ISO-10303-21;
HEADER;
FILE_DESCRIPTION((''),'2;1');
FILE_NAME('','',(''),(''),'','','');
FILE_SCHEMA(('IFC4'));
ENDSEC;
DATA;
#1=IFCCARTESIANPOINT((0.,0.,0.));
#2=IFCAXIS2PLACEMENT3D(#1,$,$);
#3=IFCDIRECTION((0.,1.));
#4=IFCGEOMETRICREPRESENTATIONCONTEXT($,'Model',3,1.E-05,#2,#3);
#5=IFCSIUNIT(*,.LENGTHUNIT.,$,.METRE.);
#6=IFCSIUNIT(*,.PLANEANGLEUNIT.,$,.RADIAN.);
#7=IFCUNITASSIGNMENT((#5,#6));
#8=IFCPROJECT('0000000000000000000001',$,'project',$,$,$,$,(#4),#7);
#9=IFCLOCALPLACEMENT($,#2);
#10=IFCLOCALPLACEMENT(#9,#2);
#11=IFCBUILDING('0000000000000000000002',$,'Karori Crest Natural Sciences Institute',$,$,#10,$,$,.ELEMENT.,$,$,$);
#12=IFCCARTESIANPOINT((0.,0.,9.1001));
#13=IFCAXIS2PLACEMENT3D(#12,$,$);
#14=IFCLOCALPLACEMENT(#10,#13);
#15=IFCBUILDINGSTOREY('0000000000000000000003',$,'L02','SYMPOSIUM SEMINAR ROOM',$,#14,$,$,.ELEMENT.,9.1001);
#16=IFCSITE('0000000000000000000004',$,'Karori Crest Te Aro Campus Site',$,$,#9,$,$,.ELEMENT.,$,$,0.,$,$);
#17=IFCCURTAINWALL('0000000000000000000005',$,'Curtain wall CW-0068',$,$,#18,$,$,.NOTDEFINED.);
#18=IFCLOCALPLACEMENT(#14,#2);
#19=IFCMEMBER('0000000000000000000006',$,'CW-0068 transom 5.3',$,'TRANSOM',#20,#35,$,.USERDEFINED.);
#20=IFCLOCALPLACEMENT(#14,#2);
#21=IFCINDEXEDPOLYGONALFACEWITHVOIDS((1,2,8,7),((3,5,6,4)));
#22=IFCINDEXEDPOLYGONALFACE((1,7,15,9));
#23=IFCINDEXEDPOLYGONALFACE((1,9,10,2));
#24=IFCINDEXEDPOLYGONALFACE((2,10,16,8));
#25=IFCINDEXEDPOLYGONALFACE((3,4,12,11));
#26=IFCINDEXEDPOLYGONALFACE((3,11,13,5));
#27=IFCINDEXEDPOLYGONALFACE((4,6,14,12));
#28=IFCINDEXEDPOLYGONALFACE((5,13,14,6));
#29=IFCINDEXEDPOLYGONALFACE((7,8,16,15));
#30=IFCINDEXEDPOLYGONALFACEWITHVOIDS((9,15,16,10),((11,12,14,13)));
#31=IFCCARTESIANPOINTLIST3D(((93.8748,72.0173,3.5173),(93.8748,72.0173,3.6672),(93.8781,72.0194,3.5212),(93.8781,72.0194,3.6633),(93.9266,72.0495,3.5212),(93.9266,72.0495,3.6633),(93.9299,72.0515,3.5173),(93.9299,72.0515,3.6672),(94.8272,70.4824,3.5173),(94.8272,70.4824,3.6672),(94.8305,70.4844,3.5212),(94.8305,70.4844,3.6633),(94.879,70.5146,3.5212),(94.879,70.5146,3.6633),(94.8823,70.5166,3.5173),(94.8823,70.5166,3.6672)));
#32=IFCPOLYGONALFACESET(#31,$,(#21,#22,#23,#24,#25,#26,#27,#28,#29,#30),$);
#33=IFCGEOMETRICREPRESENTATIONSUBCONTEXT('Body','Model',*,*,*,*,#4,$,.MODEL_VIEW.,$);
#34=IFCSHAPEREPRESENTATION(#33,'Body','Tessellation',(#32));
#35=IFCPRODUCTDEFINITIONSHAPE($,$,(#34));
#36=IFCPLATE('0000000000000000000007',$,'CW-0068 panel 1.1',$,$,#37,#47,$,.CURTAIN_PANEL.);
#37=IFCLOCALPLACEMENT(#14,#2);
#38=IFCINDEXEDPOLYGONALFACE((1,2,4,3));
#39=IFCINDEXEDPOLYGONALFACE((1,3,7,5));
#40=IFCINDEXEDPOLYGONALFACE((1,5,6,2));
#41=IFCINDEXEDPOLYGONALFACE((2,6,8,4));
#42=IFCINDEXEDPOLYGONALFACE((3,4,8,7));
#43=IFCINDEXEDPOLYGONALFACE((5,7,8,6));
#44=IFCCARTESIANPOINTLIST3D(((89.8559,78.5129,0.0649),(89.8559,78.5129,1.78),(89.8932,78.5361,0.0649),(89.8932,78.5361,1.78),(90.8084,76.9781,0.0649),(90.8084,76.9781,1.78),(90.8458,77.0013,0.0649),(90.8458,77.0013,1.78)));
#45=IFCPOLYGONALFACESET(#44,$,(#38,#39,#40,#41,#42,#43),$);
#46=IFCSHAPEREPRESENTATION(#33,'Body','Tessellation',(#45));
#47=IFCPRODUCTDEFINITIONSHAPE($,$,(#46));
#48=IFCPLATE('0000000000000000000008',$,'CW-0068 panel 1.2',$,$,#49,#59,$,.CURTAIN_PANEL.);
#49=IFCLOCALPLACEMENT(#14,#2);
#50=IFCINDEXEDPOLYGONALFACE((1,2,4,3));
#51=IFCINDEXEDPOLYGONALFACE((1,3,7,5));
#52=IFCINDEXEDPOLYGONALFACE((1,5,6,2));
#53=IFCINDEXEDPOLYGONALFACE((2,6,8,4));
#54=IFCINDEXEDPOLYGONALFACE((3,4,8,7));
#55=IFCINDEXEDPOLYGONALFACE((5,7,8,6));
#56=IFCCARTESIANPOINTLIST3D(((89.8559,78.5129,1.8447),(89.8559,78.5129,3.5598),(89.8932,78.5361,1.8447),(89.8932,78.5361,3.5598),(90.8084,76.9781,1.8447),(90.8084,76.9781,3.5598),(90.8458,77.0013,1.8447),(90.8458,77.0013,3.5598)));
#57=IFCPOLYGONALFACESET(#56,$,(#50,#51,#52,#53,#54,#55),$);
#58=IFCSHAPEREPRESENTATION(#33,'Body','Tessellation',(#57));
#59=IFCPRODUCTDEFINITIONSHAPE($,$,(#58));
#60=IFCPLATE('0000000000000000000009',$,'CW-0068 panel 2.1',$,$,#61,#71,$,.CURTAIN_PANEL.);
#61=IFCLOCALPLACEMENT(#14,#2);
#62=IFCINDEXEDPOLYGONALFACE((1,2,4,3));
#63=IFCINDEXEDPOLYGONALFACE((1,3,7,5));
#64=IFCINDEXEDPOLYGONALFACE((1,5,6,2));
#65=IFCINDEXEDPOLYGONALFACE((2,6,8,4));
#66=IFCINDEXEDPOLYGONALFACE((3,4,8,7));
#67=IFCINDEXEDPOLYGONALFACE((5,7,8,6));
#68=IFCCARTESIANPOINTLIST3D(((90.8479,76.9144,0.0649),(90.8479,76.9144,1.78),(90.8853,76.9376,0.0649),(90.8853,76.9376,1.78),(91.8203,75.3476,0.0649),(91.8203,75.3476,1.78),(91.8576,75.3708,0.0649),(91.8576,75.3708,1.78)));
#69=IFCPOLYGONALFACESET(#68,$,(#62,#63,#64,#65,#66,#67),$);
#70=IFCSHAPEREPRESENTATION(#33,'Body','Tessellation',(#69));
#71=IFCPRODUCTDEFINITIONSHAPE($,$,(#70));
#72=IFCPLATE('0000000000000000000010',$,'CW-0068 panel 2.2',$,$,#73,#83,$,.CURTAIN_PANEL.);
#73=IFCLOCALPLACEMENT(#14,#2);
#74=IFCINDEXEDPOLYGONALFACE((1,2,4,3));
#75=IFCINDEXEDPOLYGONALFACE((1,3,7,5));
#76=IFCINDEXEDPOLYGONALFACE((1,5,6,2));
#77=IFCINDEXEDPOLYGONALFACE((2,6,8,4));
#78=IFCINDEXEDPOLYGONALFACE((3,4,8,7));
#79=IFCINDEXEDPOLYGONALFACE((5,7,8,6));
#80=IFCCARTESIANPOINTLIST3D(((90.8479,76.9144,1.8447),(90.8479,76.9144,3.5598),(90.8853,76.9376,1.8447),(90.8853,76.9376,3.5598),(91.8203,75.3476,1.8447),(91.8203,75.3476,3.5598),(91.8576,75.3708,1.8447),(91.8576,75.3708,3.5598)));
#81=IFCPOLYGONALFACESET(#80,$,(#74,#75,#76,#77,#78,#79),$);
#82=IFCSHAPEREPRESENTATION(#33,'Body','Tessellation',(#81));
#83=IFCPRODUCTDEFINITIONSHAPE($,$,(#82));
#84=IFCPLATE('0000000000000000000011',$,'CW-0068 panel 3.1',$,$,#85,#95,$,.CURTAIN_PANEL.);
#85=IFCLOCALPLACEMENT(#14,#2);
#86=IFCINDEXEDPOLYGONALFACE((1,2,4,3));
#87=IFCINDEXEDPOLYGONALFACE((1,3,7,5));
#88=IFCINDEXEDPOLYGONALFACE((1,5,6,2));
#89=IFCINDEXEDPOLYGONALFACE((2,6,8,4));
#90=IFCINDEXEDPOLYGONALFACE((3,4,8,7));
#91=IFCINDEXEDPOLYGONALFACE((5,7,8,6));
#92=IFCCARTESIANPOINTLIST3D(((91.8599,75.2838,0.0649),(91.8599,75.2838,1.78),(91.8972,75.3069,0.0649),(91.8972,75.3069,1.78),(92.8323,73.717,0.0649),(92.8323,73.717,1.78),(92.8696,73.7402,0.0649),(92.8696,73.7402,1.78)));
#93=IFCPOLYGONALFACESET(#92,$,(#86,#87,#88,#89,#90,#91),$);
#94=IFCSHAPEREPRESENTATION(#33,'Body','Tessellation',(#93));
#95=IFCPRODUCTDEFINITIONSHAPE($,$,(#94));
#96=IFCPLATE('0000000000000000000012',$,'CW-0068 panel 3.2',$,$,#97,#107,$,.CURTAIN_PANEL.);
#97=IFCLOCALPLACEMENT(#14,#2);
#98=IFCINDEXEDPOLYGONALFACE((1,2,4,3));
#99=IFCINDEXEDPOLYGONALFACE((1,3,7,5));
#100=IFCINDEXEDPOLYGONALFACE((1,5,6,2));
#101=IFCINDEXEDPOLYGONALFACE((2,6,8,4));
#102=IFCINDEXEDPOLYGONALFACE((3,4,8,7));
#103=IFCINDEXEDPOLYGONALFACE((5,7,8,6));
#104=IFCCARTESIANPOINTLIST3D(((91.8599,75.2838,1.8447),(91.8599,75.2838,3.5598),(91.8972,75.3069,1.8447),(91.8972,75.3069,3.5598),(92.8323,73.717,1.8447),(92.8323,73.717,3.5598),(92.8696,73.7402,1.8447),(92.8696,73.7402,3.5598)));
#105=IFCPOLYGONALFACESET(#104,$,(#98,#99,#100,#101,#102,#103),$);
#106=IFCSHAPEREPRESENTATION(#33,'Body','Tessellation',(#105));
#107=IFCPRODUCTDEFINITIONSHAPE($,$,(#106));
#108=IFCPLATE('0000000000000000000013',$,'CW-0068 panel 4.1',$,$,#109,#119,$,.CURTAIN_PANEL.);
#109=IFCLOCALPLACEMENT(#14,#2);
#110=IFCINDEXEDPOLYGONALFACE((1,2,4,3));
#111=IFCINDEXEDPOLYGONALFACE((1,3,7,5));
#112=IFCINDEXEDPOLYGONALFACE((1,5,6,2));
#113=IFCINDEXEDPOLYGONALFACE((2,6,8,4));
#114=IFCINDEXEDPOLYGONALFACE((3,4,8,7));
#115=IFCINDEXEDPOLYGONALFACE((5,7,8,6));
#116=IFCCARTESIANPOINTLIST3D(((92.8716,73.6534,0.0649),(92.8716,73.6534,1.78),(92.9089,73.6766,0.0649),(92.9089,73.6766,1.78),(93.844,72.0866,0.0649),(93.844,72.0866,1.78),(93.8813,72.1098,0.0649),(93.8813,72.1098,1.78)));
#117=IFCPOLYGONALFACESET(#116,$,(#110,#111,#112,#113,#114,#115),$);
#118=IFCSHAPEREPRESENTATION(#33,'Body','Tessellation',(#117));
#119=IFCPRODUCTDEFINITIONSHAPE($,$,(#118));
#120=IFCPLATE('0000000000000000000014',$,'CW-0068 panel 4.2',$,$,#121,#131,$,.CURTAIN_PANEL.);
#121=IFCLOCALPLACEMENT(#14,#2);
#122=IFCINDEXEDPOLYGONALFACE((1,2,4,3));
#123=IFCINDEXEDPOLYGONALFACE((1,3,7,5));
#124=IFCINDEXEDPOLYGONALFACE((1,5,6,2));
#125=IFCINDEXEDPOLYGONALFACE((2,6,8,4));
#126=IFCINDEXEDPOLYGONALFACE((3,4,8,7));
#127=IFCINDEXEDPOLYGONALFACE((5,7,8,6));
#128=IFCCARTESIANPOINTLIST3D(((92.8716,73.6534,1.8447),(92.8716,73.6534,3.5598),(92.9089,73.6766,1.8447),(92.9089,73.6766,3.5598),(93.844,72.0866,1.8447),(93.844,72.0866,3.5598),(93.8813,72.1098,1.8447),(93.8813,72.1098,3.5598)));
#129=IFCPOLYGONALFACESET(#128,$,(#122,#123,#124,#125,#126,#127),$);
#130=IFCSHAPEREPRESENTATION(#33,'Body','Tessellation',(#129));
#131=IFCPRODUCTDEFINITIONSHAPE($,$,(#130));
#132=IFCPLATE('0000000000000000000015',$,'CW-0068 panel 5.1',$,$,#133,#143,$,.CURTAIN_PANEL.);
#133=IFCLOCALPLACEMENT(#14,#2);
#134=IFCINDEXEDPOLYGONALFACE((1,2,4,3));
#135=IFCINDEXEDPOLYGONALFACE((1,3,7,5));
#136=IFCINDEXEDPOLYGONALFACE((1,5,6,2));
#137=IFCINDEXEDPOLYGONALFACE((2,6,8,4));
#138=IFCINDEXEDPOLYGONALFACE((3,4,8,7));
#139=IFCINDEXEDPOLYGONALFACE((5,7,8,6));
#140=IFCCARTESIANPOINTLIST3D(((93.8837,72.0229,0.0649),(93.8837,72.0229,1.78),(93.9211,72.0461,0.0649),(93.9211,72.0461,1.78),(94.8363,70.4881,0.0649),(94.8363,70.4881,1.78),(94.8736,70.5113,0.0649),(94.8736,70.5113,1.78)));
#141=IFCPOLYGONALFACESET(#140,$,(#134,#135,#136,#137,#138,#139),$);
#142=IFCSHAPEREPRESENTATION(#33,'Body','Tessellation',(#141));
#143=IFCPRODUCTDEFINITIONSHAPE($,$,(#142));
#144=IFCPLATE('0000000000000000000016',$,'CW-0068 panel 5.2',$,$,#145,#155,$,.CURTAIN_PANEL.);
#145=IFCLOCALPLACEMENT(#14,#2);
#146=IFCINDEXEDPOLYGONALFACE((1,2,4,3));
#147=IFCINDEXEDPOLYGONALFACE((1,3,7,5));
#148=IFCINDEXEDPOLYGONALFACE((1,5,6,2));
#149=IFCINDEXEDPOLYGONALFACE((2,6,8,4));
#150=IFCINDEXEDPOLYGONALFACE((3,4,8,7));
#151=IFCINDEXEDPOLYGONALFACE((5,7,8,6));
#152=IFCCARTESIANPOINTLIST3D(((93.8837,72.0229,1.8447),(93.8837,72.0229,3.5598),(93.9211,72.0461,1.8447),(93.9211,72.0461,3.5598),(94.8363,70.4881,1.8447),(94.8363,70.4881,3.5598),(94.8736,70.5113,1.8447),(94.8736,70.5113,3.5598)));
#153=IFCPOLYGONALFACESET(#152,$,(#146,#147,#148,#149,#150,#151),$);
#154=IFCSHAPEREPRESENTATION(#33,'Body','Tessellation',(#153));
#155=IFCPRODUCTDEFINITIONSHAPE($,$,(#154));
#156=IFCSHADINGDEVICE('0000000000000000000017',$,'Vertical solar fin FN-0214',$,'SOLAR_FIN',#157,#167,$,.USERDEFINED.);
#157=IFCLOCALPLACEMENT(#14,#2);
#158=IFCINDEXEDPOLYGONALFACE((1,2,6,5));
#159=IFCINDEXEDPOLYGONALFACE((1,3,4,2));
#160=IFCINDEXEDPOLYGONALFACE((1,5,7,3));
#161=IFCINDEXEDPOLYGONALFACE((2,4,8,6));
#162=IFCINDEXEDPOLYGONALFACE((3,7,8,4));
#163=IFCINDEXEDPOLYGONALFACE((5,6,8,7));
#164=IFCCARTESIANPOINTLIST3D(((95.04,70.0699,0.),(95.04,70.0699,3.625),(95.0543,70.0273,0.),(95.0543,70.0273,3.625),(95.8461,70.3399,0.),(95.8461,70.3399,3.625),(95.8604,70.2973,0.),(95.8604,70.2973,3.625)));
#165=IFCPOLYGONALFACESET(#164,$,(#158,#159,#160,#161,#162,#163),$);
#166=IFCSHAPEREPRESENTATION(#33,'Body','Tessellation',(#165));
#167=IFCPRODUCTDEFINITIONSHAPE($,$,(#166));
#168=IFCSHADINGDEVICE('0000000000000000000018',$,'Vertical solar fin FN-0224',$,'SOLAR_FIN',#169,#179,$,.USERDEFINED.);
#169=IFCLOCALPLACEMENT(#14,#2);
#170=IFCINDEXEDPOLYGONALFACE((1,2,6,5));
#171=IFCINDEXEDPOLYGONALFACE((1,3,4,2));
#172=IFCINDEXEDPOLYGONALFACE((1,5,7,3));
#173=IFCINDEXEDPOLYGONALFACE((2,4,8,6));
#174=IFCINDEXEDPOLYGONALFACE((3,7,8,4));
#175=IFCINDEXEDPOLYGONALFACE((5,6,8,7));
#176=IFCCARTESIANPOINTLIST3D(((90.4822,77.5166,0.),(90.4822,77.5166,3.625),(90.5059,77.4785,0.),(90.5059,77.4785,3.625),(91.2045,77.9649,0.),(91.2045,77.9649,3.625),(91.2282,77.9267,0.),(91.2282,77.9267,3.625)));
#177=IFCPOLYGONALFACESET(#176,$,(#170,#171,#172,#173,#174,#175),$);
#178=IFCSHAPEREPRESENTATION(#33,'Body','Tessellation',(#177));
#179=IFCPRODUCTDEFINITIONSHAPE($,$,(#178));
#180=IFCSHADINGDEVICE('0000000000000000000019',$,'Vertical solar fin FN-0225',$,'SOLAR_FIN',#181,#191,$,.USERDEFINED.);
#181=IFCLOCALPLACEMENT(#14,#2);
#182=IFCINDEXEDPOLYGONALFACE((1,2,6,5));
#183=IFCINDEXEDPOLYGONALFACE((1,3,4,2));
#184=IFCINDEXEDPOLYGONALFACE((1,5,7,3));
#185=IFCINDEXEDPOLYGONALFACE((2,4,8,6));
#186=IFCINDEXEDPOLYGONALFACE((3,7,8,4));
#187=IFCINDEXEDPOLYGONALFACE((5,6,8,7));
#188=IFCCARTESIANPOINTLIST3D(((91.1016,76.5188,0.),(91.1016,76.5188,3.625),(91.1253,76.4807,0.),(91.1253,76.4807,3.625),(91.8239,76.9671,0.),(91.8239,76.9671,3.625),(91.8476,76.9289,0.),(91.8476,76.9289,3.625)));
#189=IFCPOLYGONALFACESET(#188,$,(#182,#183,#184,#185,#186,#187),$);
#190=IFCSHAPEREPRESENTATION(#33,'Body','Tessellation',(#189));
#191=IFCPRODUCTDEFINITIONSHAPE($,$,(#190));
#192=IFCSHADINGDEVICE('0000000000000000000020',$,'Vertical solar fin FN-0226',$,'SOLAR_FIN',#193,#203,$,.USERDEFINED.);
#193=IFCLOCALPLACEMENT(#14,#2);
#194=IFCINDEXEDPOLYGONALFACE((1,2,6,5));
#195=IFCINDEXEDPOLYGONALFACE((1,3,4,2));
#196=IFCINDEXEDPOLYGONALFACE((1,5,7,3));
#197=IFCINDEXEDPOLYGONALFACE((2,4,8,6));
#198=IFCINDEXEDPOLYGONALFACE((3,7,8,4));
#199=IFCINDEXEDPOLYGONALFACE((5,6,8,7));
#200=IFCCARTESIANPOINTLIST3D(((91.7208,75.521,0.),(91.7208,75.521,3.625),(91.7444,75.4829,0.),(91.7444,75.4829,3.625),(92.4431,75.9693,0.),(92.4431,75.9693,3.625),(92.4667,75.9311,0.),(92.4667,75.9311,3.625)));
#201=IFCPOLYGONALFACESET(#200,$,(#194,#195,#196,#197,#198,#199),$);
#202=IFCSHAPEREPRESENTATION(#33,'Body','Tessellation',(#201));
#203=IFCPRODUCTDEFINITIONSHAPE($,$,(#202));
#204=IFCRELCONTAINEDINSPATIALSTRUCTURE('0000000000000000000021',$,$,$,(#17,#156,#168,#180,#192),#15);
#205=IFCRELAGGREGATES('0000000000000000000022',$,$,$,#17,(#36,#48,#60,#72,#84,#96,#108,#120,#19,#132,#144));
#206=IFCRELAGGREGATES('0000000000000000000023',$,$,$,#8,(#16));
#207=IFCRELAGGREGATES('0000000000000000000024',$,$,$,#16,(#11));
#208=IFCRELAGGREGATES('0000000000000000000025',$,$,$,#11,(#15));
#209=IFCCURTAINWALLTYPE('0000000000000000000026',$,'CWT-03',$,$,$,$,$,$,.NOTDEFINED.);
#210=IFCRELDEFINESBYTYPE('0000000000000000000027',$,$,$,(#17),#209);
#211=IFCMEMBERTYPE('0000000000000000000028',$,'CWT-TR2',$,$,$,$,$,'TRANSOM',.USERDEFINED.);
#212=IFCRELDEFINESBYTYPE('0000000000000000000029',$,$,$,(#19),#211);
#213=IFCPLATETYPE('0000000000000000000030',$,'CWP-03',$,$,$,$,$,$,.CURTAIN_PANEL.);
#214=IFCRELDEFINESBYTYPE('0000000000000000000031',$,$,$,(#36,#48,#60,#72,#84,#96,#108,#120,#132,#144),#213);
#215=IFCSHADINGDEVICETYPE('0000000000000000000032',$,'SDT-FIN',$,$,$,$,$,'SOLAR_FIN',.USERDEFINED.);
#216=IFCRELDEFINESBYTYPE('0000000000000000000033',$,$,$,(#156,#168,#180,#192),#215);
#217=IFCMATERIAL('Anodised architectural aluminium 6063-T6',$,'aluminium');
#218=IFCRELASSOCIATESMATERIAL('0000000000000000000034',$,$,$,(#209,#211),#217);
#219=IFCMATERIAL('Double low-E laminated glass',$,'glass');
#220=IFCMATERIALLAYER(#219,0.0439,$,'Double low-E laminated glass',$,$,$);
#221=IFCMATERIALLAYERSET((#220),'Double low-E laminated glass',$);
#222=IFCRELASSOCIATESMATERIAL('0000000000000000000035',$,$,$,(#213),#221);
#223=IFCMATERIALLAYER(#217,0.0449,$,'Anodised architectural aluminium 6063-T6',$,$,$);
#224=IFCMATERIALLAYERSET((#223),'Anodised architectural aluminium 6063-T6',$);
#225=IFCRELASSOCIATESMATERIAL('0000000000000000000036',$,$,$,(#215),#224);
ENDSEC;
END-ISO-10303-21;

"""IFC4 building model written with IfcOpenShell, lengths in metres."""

from ifc_helpers import new_model, si_unit, direction, frame, origin, origin_2d, place, context, subcontext, project, spatial, rectangle, hollow_rectangle, extrude, material, layer, layer_set, material_profile, profile_set, type_object, element, aggregate, save


model = new_model("IFC4")

# Units and contexts
model_context = context("Model", 3, precision=1e-05, world=origin(), true_north=direction((0.0, 1.0)))
body_context = subcontext(model_context, "Body", "Model", "MODEL_VIEW")
ifc_project = project(units=[si_unit("LENGTHUNIT", "METRE"), si_unit("PLANEANGLEUNIT", "RADIAN")], contexts=[model_context])

# Site, building, storey
site_placement = place(None, origin())
site = spatial("IfcSite", under=ifc_project, at=site_placement, Name="Karori Crest Te Aro Campus Site", CompositionType="ELEMENT", RefElevation=0.0)
building_placement = place(site_placement, origin())
building = spatial("IfcBuilding", under=site, at=building_placement, Name="Karori Crest Natural Sciences Institute", CompositionType="ELEMENT")
storey_placement = place(building_placement, frame((0.0, 0.0, 9.1001)))
storey = spatial("IfcBuildingStorey", under=building, at=storey_placement, Name="L02", Description="SYMPOSIUM SEMINAR ROOM", CompositionType="ELEMENT", Elevation=9.1001)

# Shared definitions
ifc_material_1 = material(Name="Anodised architectural aluminium 6063-T6", Category="aluminium")

# Curtain wall, member, plates
curtain_wall_type_1 = type_object("IfcCurtainWallType", Name="CWT-03", PredefinedType="NOTDEFINED", material=ifc_material_1)
curtain_wall_1_placement = place(storey_placement, origin())
curtain_wall_1 = element("IfcCurtainWall", 1, at=curtain_wall_1_placement, inside=storey, type_object=curtain_wall_type_1, Name="Curtain wall CW-0068", PredefinedType="NOTDEFINED")
ifc_material_profile_1 = material_profile(ifc_material_1, hollow_rectangle(XDim=0.0649, YDim=0.1499, WallThickness=0.0039, at=origin_2d()), Name="CWT150x65x4")
ifc_profile_set_1 = profile_set([ifc_material_profile_1], Name="Anodised architectural aluminium 6063-T6")
member_type_1 = type_object("IfcMemberType", Name="CWT-TR2", ElementType="TRANSOM", PredefinedType="USERDEFINED", material=ifc_profile_set_1)
member_1_placement = place(storey_placement, frame((93.9023, 72.0344, 3.5923), z_axis=(0.527238, -0.849717, 0.0), x_axis=(0.849717, 0.527238, 0.0)))
member_1 = element("IfcMember", 2, at=member_1_placement, type_object=member_type_1, Name="CW-0068 transom 5.3", ObjectType="TRANSOM", PredefinedType="USERDEFINED", context=body_context, shape_type="SweptSolid", body=[
    extrude(hollow_rectangle(XDim=0.0649, YDim=0.1499, WallThickness=0.0039, at=origin_2d()), origin(), (0.0, 0.0, 1.0), 1.8064),
])
ifc_material_2 = material(Name="Double low-E laminated glass", Category="glass")
ifc_layer_1 = layer(ifc_material_2, 0.0439, Name="Double low-E laminated glass")
ifc_layer_set_1 = layer_set([ifc_layer_1], Name="Double low-E laminated glass")
plate_type = type_object("IfcPlateType", Name="CWP-03", PredefinedType="CURTAIN_PANEL", material=ifc_layer_set_1)
plate_1_placement = place(storey_placement, frame((90.3508, 77.7571, 0.0649), z_axis=(0.0, 0.0, 1.0), x_axis=(0.527322, -0.849666, 0.0)))
plate_1 = element("IfcPlate", 3, at=plate_1_placement, type_object=plate_type, Name="CW-0068 panel 1.1", PredefinedType="CURTAIN_PANEL", context=body_context, shape_type="SweptSolid", body=[
    extrude(rectangle(XDim=1.8064, YDim=0.0439, at=origin_2d()), origin(), (0.0, 0.0, 1.0), 1.7151),
])
plate_2_placement = place(storey_placement, frame((90.3508, 77.7571, 1.8447), z_axis=(0.0, 0.0, 1.0), x_axis=(0.527322, -0.849666, 0.0)))
plate_2 = element("IfcPlate", 4, at=plate_2_placement, type_object=plate_type, Name="CW-0068 panel 1.2", PredefinedType="CURTAIN_PANEL", context=body_context, shape_type="SweptSolid", body=[
    extrude(rectangle(XDim=1.8064, YDim=0.0439, at=origin_2d()), origin(), (0.0, 0.0, 1.0), 1.7151),
])
plate_3_placement = place(storey_placement, frame((91.3528, 76.1426, 0.0649), z_axis=(0.0, 0.0, 1.0), x_axis=(0.527322, -0.849666, 0.0)))
plate_3 = element("IfcPlate", 5, at=plate_3_placement, type_object=plate_type, Name="CW-0068 panel 2.1", PredefinedType="CURTAIN_PANEL", context=body_context, shape_type="SweptSolid", body=[
    extrude(rectangle(XDim=1.844, YDim=0.0439, at=origin_2d()), origin(), (0.0, 0.0, 1.0), 1.7151),
])
plate_4_placement = place(storey_placement, frame((91.3528, 76.1426, 1.8447), z_axis=(0.0, 0.0, 1.0), x_axis=(0.527322, -0.849666, 0.0)))
plate_4 = element("IfcPlate", 6, at=plate_4_placement, type_object=plate_type, Name="CW-0068 panel 2.2", PredefinedType="CURTAIN_PANEL", context=body_context, shape_type="SweptSolid", body=[
    extrude(rectangle(XDim=1.844, YDim=0.0439, at=origin_2d()), origin(), (0.0, 0.0, 1.0), 1.7151),
])
plate_5_placement = place(storey_placement, frame((92.3647, 74.512, 0.0649), z_axis=(0.0, 0.0, 1.0), x_axis=(0.527322, -0.849666, 0.0)))
plate_5 = element("IfcPlate", 7, at=plate_5_placement, type_object=plate_type, Name="CW-0068 panel 3.1", PredefinedType="CURTAIN_PANEL", context=body_context, shape_type="SweptSolid", body=[
    extrude(rectangle(XDim=1.844, YDim=0.0439, at=origin_2d()), origin(), (0.0, 0.0, 1.0), 1.7151),
])
plate_6_placement = place(storey_placement, frame((92.3647, 74.512, 1.8447), z_axis=(0.0, 0.0, 1.0), x_axis=(0.527322, -0.849666, 0.0)))
plate_6 = element("IfcPlate", 8, at=plate_6_placement, type_object=plate_type, Name="CW-0068 panel 3.2", PredefinedType="CURTAIN_PANEL", context=body_context, shape_type="SweptSolid", body=[
    extrude(rectangle(XDim=1.844, YDim=0.0439, at=origin_2d()), origin(), (0.0, 0.0, 1.0), 1.7151),
])
plate_7_placement = place(storey_placement, frame((93.3765, 72.8816, 0.0649), z_axis=(0.0, 0.0, 1.0), x_axis=(0.527322, -0.849666, 0.0)))
plate_7 = element("IfcPlate", 9, at=plate_7_placement, type_object=plate_type, Name="CW-0068 panel 4.1", PredefinedType="CURTAIN_PANEL", context=body_context, shape_type="SweptSolid", body=[
    extrude(rectangle(XDim=1.844, YDim=0.0439, at=origin_2d()), origin(), (0.0, 0.0, 1.0), 1.7151),
])
plate_8_placement = place(storey_placement, frame((93.3765, 72.8816, 1.8447), z_axis=(0.0, 0.0, 1.0), x_axis=(0.527322, -0.849666, 0.0)))
plate_8 = element("IfcPlate", 10, at=plate_8_placement, type_object=plate_type, Name="CW-0068 panel 4.2", PredefinedType="CURTAIN_PANEL", context=body_context, shape_type="SweptSolid", body=[
    extrude(rectangle(XDim=1.844, YDim=0.0439, at=origin_2d()), origin(), (0.0, 0.0, 1.0), 1.7151),
])
plate_9_placement = place(storey_placement, frame((94.3787, 71.2671, 0.0649), z_axis=(0.0, 0.0, 1.0), x_axis=(0.527322, -0.849666, 0.0)))
plate_9 = element("IfcPlate", 11, at=plate_9_placement, type_object=plate_type, Name="CW-0068 panel 5.1", PredefinedType="CURTAIN_PANEL", context=body_context, shape_type="SweptSolid", body=[
    extrude(rectangle(XDim=1.8064, YDim=0.0439, at=origin_2d()), origin(), (0.0, 0.0, 1.0), 1.7151),
])
plate_10_placement = place(storey_placement, frame((94.3787, 71.2671, 1.8447), z_axis=(0.0, 0.0, 1.0), x_axis=(0.527322, -0.849666, 0.0)))
plate_10 = element("IfcPlate", 12, at=plate_10_placement, type_object=plate_type, Name="CW-0068 panel 5.2", PredefinedType="CURTAIN_PANEL", context=body_context, shape_type="SweptSolid", body=[
    extrude(rectangle(XDim=1.8064, YDim=0.0439, at=origin_2d()), origin(), (0.0, 0.0, 1.0), 1.7151),
])
aggregate(curtain_wall_1, [plate_1, plate_2, plate_3, plate_4, plate_5, plate_6, plate_7, plate_8, member_1, plate_9, plate_10])

# Shading devices
ifc_layer_2 = layer(ifc_material_1, 0.0449, Name="Anodised architectural aluminium 6063-T6")
ifc_layer_set_2 = layer_set([ifc_layer_2], Name="Anodised architectural aluminium 6063-T6")
shading_device_type = type_object("IfcShadingDeviceType", Name="SDT-FIN", ElementType="SOLAR_FIN", PredefinedType="USERDEFINED", material=ifc_layer_set_2)
for number, where, z_axis, x_axis, name in (
    (13, (95.4502, 70.1836, 0.0), (0.0, 0.0, 1.0), (0.948196, 0.317685, 0.0), "Vertical solar fin FN-0214"),
    (14, (90.8552, 77.7217, 0.0), (0.0, 0.0, 1.0), (0.849665, 0.527322, 0.0), "Vertical solar fin FN-0224"),
    (15, (91.4746, 76.7239, 0.0), (0.0, 0.0, 1.0), (0.849665, 0.527322, 0.0), "Vertical solar fin FN-0225"),
    (16, (92.0938, 75.7261, 0.0), (0.0, 0.0, 1.0), (0.849665, 0.527322, 0.0), "Vertical solar fin FN-0226"),
):
    element("IfcShadingDevice", number, at=place(storey_placement, frame(where, z_axis=z_axis, x_axis=x_axis)), inside=storey, type_object=shading_device_type, Name=name, ObjectType="SOLAR_FIN", PredefinedType="USERDEFINED", context=body_context, shape_type="SweptSolid", body=[
        extrude(rectangle(XDim=0.8501, YDim=0.0449, at=origin_2d()), origin(), (0.0, 0.0, 1.0), 3.625),
    ])

save(model, "model.ifc")
